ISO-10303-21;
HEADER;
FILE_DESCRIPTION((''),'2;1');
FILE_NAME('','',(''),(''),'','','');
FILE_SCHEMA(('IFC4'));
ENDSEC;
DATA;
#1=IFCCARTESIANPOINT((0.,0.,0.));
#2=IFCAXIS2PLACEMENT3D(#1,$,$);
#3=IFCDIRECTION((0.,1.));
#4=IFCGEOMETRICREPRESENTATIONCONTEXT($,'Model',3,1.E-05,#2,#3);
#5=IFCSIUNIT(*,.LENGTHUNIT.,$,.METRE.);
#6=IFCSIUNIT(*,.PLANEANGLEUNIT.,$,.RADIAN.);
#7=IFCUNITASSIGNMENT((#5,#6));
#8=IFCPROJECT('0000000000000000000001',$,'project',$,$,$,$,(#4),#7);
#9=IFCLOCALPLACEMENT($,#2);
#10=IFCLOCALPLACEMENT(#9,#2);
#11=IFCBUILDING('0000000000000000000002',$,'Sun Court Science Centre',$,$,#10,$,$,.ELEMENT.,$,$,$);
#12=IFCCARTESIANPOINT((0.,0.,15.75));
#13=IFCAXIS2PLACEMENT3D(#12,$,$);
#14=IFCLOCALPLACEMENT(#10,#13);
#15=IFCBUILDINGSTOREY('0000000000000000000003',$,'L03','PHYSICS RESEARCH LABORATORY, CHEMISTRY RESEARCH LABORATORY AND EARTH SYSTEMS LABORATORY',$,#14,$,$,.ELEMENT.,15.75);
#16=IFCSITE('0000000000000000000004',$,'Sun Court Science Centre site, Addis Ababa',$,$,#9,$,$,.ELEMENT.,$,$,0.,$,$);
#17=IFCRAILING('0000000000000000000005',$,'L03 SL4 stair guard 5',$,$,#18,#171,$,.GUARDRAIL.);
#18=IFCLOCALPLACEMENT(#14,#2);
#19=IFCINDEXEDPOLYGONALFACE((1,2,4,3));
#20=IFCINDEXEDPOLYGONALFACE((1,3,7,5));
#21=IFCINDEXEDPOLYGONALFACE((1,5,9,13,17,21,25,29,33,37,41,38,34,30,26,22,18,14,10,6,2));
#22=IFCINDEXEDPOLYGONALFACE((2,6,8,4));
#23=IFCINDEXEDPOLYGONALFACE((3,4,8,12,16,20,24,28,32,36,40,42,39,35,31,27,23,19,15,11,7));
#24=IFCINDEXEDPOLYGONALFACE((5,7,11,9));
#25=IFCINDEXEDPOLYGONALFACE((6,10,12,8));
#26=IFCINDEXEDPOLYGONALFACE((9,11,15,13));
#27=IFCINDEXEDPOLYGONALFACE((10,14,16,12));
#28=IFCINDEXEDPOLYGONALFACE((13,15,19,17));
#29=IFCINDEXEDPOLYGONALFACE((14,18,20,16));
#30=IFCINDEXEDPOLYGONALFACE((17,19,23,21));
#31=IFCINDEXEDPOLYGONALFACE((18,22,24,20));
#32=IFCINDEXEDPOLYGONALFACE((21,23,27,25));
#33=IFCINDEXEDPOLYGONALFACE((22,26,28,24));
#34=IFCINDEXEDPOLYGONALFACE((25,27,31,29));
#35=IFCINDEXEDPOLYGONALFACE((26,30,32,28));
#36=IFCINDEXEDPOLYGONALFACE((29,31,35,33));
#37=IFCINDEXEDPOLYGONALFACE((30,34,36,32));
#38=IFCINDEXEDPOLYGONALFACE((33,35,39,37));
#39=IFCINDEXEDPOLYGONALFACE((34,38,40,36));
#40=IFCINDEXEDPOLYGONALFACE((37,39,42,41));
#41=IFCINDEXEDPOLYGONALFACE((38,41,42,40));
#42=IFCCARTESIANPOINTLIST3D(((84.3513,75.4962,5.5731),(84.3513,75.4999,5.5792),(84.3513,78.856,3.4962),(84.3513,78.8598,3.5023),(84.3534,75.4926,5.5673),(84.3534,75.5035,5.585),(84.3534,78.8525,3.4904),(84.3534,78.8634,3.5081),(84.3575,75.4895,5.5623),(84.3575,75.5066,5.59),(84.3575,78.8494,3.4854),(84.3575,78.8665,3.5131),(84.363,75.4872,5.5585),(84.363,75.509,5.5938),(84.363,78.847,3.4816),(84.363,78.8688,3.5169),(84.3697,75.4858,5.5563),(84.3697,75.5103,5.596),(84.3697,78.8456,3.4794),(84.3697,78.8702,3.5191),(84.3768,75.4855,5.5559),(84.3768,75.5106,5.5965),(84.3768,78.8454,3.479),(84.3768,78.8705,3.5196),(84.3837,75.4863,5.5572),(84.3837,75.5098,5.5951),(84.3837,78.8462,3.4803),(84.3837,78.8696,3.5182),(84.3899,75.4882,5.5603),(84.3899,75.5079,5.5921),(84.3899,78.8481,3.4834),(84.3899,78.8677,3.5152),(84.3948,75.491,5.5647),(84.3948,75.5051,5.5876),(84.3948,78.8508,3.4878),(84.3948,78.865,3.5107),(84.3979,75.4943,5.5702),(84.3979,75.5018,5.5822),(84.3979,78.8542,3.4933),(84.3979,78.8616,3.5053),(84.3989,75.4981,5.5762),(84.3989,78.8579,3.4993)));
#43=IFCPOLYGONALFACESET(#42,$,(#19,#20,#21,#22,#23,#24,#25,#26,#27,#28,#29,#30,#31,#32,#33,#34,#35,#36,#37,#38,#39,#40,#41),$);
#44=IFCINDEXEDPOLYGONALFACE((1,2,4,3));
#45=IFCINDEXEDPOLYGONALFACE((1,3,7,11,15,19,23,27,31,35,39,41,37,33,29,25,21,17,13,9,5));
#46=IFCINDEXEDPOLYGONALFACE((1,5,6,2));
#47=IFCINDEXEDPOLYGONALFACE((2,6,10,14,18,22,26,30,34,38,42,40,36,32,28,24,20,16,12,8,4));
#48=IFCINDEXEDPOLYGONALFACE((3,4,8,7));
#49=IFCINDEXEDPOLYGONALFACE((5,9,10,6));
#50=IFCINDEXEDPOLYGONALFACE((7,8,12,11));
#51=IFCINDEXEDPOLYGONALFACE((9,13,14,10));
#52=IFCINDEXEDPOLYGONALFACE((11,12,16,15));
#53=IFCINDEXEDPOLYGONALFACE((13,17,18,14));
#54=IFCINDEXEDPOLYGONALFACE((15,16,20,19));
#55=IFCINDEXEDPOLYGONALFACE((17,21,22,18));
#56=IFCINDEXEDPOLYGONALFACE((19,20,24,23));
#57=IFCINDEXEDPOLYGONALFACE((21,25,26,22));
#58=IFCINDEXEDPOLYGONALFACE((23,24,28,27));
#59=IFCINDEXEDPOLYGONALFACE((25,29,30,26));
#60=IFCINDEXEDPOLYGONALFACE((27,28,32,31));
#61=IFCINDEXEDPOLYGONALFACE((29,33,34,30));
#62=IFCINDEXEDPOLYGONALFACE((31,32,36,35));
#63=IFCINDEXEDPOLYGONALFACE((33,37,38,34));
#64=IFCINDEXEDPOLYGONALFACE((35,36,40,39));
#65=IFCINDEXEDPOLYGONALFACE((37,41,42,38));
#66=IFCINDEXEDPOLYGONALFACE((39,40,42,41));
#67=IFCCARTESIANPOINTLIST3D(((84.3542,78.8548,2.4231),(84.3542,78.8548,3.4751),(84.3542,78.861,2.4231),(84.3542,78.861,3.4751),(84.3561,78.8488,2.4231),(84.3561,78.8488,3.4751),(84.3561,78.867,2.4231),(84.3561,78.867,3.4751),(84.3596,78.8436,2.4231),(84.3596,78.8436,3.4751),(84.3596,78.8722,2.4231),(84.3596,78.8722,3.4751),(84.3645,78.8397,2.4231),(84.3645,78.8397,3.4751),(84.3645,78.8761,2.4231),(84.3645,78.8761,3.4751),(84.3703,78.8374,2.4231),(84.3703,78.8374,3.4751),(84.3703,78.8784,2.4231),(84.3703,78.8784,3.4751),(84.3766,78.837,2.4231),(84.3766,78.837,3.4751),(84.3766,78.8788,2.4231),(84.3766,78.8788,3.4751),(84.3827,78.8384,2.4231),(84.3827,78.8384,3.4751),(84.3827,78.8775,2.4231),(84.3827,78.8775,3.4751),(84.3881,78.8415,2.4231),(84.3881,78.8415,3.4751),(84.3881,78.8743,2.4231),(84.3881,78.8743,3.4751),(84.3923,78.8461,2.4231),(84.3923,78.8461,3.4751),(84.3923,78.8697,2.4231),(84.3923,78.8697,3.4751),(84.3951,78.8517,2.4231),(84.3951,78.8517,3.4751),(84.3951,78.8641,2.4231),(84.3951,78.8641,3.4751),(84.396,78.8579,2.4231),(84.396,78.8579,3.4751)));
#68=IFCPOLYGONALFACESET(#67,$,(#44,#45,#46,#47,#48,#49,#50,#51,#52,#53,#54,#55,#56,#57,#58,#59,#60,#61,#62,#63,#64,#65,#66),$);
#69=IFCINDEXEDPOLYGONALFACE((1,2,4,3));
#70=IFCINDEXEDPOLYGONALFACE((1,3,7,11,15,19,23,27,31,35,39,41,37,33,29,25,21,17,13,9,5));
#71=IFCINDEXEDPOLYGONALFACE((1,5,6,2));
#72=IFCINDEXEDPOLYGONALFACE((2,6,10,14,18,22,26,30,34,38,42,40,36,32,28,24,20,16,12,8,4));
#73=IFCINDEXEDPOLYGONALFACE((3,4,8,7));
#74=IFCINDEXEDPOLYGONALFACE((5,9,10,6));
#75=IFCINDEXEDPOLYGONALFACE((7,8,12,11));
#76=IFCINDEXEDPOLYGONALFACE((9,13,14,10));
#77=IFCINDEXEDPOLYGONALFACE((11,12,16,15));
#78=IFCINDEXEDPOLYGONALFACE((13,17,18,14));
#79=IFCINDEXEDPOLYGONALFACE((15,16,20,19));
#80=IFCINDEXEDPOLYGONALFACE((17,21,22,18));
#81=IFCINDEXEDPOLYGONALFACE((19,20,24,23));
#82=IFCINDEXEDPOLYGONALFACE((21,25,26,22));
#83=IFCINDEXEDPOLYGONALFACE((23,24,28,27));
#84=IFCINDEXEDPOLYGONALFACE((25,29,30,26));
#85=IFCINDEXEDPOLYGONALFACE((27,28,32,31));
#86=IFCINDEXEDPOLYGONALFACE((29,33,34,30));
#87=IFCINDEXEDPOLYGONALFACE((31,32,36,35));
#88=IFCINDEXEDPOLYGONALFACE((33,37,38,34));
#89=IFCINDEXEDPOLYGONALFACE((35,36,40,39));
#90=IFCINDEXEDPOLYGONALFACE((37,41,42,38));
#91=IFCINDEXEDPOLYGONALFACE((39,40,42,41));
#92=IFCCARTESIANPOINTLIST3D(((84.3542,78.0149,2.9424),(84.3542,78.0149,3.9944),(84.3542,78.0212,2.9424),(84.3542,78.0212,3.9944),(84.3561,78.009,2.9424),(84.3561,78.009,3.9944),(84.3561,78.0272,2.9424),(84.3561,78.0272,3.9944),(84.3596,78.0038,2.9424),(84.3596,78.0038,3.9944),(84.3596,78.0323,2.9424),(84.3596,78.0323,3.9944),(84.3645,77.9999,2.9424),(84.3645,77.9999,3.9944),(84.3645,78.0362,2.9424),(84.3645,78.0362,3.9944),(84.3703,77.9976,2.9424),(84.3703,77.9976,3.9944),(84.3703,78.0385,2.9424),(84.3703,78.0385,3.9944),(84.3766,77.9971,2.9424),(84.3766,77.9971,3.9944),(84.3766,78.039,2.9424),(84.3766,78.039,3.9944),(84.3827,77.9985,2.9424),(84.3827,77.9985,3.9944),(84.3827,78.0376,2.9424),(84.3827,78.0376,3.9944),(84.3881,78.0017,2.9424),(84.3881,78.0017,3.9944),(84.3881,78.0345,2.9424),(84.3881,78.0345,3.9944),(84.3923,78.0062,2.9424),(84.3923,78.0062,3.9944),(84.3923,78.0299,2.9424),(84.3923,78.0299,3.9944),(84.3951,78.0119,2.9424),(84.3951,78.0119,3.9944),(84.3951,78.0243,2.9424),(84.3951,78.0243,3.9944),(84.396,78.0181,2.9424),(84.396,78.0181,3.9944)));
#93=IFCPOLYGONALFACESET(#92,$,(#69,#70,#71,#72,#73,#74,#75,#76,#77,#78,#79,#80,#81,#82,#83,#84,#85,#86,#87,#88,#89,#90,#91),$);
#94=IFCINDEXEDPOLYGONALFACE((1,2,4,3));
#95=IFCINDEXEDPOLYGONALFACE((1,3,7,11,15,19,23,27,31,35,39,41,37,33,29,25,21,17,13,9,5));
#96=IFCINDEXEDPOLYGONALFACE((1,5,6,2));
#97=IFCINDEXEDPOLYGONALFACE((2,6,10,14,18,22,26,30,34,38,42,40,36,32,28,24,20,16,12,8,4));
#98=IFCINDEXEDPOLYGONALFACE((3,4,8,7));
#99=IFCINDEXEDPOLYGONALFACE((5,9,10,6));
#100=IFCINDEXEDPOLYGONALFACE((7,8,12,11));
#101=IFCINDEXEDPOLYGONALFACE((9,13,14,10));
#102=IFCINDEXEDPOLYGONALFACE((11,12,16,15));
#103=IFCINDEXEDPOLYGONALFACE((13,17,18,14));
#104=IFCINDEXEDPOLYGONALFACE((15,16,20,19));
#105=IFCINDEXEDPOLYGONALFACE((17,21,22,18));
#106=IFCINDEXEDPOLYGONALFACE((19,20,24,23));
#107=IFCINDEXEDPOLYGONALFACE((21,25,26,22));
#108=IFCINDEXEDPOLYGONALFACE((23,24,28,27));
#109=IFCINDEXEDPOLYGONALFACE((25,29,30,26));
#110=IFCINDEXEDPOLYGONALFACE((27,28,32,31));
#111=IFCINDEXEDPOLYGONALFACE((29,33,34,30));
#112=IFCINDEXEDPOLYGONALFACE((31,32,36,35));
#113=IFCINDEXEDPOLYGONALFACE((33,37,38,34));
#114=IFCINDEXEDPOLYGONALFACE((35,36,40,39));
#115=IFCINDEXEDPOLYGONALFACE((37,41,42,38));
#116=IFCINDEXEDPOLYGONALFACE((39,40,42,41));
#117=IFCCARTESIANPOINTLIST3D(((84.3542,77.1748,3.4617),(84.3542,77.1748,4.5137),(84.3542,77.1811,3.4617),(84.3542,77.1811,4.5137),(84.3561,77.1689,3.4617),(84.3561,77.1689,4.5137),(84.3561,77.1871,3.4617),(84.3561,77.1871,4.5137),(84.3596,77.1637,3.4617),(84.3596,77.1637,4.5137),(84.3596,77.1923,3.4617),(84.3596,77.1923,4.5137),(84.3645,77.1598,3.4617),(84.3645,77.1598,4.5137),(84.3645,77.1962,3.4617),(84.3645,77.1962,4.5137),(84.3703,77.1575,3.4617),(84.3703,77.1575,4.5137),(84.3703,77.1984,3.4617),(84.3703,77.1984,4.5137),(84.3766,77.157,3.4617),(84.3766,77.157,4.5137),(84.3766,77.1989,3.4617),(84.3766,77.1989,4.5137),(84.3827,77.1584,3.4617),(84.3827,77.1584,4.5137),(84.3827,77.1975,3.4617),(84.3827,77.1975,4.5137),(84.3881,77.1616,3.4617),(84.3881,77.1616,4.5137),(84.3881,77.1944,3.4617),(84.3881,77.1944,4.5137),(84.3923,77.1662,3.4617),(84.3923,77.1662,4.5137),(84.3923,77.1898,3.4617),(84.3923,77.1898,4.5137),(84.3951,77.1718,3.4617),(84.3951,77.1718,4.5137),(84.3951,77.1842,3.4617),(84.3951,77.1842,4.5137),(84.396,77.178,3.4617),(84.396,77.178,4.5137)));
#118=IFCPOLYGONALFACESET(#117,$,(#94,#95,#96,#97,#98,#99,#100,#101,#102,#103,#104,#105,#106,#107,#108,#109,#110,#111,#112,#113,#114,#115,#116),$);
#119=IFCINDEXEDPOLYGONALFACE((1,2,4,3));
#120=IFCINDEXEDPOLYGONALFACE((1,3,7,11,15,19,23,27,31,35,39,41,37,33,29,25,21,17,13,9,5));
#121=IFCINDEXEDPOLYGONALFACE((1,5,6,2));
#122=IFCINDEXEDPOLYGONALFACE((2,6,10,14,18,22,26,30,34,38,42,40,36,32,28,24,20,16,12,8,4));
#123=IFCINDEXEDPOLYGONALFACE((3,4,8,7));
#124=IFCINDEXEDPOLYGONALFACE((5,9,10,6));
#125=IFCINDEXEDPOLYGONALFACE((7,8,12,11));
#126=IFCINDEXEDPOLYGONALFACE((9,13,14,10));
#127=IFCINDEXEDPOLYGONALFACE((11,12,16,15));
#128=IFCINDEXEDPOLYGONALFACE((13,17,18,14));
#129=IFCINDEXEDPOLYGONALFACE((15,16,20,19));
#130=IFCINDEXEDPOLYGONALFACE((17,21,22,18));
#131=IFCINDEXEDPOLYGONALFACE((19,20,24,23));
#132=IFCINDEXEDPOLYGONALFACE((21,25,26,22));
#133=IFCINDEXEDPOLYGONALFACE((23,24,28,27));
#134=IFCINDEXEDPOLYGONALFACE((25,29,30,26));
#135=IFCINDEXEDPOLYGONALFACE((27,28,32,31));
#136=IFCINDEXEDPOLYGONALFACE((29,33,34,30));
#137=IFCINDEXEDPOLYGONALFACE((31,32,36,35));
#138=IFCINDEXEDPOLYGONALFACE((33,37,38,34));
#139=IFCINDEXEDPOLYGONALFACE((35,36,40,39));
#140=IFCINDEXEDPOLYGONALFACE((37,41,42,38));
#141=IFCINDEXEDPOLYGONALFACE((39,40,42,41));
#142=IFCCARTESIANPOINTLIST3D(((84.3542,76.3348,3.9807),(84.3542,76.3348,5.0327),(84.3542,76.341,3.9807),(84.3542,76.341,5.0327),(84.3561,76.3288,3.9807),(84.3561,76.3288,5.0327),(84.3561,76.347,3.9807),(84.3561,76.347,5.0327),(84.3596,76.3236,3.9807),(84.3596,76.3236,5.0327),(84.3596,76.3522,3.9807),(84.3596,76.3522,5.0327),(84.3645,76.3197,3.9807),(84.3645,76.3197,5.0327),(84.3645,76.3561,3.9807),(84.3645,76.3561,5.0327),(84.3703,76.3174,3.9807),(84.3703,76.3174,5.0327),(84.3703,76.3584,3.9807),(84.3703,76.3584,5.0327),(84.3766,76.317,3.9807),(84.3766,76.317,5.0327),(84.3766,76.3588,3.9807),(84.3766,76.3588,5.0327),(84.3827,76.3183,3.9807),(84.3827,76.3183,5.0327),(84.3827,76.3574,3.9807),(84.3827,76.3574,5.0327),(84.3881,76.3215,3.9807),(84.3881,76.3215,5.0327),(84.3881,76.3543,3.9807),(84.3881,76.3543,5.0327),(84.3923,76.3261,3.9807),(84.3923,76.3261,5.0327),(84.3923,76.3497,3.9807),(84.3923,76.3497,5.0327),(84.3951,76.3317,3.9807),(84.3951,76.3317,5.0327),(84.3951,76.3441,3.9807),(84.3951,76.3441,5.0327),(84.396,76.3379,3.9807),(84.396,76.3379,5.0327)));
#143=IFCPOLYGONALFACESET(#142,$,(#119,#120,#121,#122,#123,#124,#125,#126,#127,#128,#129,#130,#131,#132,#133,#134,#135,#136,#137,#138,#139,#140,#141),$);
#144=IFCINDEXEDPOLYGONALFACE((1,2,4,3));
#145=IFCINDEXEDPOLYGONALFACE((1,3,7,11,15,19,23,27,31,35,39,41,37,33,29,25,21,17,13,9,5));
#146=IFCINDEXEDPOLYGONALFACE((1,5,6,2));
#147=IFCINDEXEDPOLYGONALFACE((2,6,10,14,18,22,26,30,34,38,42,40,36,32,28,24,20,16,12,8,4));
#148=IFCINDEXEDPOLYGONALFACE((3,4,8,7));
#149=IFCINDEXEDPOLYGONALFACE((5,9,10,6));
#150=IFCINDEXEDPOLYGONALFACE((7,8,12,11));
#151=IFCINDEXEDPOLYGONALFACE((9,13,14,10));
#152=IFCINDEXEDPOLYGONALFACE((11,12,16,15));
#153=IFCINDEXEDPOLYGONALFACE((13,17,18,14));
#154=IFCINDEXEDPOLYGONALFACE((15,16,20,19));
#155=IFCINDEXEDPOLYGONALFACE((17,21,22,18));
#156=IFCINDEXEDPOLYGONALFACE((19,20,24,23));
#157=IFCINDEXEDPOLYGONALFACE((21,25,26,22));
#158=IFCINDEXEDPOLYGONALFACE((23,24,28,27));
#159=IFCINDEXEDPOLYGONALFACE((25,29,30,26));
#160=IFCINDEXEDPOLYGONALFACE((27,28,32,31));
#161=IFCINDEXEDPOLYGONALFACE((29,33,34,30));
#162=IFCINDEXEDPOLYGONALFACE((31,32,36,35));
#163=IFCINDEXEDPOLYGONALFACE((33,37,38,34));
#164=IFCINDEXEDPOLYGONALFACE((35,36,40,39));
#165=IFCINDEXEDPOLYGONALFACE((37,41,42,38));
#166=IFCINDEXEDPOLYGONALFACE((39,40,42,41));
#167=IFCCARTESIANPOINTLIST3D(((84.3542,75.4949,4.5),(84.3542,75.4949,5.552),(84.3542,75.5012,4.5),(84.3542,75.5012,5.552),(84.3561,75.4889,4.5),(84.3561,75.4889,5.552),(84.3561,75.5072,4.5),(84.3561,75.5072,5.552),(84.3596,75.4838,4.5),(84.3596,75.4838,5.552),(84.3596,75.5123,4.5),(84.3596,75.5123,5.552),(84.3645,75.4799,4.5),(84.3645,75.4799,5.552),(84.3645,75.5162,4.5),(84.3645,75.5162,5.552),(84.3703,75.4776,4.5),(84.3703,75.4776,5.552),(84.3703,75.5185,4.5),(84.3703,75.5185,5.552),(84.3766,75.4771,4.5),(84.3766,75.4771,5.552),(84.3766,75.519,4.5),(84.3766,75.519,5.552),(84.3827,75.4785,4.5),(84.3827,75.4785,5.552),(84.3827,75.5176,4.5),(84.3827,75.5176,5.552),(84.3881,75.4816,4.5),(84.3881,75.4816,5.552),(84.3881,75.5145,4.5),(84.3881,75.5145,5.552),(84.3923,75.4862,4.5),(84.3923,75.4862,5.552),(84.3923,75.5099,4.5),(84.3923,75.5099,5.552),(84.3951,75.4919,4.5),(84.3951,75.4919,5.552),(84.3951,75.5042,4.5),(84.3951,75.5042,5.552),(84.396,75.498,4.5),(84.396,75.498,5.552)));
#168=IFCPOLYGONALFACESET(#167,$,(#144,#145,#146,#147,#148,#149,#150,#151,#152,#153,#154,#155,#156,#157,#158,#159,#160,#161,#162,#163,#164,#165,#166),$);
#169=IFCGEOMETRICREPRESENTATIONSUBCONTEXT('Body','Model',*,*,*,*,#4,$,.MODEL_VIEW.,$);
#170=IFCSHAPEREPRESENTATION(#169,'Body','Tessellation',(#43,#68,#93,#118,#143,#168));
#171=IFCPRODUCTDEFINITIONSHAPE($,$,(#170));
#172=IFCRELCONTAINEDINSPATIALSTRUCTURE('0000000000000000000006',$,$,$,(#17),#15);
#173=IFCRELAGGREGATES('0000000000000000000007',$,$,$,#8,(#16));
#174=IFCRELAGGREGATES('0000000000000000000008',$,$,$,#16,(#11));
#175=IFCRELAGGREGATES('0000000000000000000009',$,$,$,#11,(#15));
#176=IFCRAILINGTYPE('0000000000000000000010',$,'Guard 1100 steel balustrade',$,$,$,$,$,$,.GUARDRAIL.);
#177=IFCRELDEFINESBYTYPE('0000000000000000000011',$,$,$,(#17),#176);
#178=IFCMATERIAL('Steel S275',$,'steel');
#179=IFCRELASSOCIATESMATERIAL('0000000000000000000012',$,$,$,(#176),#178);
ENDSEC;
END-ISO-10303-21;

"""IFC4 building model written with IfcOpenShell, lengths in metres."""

from ifc_helpers import new_model, si_unit, direction, frame, origin, origin_2d, place, context, subcontext, project, spatial, circle, extrude, material, type_object, element, save


model = new_model("IFC4")

# Units and contexts
model_context = context("Model", 3, precision=1e-05, world=origin(), true_north=direction((0.0, 1.0)))
body_context = subcontext(model_context, "Body", "Model", "MODEL_VIEW")
ifc_project = project(units=[si_unit("LENGTHUNIT", "METRE"), si_unit("PLANEANGLEUNIT", "RADIAN")], contexts=[model_context])

# Site, building, storey
site_placement = place(None, origin())
site = spatial("IfcSite", under=ifc_project, at=site_placement, Name="Sun Court Science Centre site, Addis Ababa", CompositionType="ELEMENT", RefElevation=0.0)
building_placement = place(site_placement, origin())
building = spatial("IfcBuilding", under=site, at=building_placement, Name="Sun Court Science Centre", CompositionType="ELEMENT")
storey_placement = place(building_placement, frame((0.0, 0.0, 15.75)))
storey = spatial("IfcBuildingStorey", under=building, at=storey_placement, Name="L03", Description="PHYSICS RESEARCH LABORATORY, CHEMISTRY RESEARCH LABORATORY AND EARTH SYSTEMS LABORATORY", CompositionType="ELEMENT", Elevation=15.75)

# Railing
ifc_material_1 = material(Name="Steel S275", Category="steel")
railing_type_1 = type_object("IfcRailingType", Name="Guard 1100 steel balustrade", PredefinedType="GUARDRAIL", material=ifc_material_1)
railing_1_placement = place(storey_placement, frame((84.375, 78.8579, 2.4231)))
element("IfcRailing", 1, at=railing_1_placement, inside=storey, type_object=railing_type_1, Name="L03 SL4 stair guard 5", PredefinedType="GUARDRAIL", context=body_context, shape_type="SweptSolid", body=[
    extrude(circle(Radius=0.0239, at=origin_2d()), frame((0.0, 0.0, 1.0762), z_axis=(0.0, -0.850606, 0.525803), x_axis=(1.0, 0.0, 0.0)), (0.0, 0.0, 1.0), 3.95),
    extrude(circle(Radius=0.021, at=origin_2d()), origin(), (0.0, 0.0, 1.0), 1.052),
    extrude(circle(Radius=0.021, at=origin_2d()), frame((0.0, -0.8398, 0.5193)), (0.0, 0.0, 1.0), 1.052),
    extrude(circle(Radius=0.021, at=origin_2d()), frame((0.0, -1.6799, 1.0386)), (0.0, 0.0, 1.0), 1.052),
    extrude(circle(Radius=0.021, at=origin_2d()), frame((0.0, -2.52, 1.5576)), (0.0, 0.0, 1.0), 1.052),
    extrude(circle(Radius=0.021, at=origin_2d()), frame((0.0, -3.3599, 2.0769)), (0.0, 0.0, 1.0), 1.052),
])

save(model, "model.ifc")
